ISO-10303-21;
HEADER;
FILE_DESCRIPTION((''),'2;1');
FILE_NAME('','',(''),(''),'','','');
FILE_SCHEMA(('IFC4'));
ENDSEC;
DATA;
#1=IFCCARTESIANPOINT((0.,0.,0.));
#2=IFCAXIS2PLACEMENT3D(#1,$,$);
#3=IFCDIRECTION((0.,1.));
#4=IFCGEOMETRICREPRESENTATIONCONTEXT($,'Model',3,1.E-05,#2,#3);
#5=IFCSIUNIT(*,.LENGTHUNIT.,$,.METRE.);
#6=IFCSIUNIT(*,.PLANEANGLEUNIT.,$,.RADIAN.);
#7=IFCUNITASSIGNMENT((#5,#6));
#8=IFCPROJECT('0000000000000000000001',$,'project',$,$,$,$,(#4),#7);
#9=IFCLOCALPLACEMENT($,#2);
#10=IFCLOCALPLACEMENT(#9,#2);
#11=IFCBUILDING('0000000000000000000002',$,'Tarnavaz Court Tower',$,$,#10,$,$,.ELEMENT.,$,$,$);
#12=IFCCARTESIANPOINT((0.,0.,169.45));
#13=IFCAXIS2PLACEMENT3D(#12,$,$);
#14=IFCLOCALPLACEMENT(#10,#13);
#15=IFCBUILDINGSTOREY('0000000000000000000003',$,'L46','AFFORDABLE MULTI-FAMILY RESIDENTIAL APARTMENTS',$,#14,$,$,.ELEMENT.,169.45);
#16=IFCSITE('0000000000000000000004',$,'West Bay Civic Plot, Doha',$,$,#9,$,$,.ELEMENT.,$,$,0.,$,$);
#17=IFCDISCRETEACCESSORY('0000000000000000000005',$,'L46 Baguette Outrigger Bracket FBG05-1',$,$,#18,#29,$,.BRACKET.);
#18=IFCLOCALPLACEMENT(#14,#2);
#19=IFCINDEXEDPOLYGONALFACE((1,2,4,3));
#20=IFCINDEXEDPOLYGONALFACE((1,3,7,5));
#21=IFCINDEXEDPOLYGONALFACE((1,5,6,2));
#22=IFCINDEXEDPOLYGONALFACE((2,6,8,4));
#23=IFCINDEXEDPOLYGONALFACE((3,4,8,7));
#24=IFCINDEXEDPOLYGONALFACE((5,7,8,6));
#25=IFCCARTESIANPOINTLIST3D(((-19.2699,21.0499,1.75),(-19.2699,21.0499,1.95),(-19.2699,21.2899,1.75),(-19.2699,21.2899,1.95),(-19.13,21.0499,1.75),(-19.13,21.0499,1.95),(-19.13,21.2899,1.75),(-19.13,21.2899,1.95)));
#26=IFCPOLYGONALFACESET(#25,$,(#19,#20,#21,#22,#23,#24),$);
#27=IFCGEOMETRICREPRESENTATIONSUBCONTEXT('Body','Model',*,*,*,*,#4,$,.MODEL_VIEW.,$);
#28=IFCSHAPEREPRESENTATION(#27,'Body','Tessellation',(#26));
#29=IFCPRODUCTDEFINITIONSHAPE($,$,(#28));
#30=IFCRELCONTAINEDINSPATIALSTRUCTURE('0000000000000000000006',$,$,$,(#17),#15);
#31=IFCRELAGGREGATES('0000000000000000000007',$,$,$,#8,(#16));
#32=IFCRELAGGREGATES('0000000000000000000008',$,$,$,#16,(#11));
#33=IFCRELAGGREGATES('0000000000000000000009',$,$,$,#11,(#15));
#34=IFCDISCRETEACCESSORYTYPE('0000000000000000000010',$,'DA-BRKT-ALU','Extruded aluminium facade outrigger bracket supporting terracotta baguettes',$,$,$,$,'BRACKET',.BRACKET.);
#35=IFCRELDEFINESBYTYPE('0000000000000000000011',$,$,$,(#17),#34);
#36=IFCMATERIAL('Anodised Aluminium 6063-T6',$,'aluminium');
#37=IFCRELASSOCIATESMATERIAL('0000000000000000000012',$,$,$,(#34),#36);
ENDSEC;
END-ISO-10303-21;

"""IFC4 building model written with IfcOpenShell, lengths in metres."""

from ifc_helpers import new_model, si_unit, direction, frame, origin, origin_2d, place, context, subcontext, project, spatial, rectangle, extrude, material, type_object, element, save


model = new_model("IFC4")

# Units and contexts
model_context = context("Model", 3, precision=1e-05, world=origin(), true_north=direction((0.0, 1.0)))
body_context = subcontext(model_context, "Body", "Model", "MODEL_VIEW")
ifc_project = project(units=[si_unit("LENGTHUNIT", "METRE"), si_unit("PLANEANGLEUNIT", "RADIAN")], contexts=[model_context])

# Site, building, storey
site_placement = place(None, origin())
site = spatial("IfcSite", under=ifc_project, at=site_placement, Name="West Bay Civic Plot, Doha", CompositionType="ELEMENT", RefElevation=0.0)
building_placement = place(site_placement, origin())
building = spatial("IfcBuilding", under=site, at=building_placement, Name="Tarnavaz Court Tower", CompositionType="ELEMENT")
storey_placement = place(building_placement, frame((0.0, 0.0, 169.45)))
storey = spatial("IfcBuildingStorey", under=building, at=storey_placement, Name="L46", Description="AFFORDABLE MULTI-FAMILY RESIDENTIAL APARTMENTS", CompositionType="ELEMENT", Elevation=169.45)

# Discrete accessory
ifc_material_1 = material(Name="Anodised Aluminium 6063-T6", Category="aluminium")
discrete_accessory_type = type_object("IfcDiscreteAccessoryType", Name="DA-BRKT-ALU", Description="Extruded aluminium facade outrigger bracket supporting terracotta baguettes", ElementType="BRACKET", PredefinedType="BRACKET", material=ifc_material_1)
for number, where, z_axis, x_axis, name in (
    (1, (-19.2, 21.1699, 1.75), (0.0, 0.0, 1.0), (1.0, 0.0, 0.0), "L46 Baguette Outrigger Bracket FBG05-1"),
):
    element("IfcDiscreteAccessory", number, at=place(storey_placement, frame(where, z_axis=z_axis, x_axis=x_axis)), inside=storey, type_object=discrete_accessory_type, Name=name, PredefinedType="BRACKET", context=body_context, shape_type="SweptSolid", body=[
        extrude(rectangle(XDim=0.1399, YDim=0.24, at=origin_2d()), origin(), (0.0, 0.0, 1.0), 0.2),
    ])

save(model, "model.ifc")
